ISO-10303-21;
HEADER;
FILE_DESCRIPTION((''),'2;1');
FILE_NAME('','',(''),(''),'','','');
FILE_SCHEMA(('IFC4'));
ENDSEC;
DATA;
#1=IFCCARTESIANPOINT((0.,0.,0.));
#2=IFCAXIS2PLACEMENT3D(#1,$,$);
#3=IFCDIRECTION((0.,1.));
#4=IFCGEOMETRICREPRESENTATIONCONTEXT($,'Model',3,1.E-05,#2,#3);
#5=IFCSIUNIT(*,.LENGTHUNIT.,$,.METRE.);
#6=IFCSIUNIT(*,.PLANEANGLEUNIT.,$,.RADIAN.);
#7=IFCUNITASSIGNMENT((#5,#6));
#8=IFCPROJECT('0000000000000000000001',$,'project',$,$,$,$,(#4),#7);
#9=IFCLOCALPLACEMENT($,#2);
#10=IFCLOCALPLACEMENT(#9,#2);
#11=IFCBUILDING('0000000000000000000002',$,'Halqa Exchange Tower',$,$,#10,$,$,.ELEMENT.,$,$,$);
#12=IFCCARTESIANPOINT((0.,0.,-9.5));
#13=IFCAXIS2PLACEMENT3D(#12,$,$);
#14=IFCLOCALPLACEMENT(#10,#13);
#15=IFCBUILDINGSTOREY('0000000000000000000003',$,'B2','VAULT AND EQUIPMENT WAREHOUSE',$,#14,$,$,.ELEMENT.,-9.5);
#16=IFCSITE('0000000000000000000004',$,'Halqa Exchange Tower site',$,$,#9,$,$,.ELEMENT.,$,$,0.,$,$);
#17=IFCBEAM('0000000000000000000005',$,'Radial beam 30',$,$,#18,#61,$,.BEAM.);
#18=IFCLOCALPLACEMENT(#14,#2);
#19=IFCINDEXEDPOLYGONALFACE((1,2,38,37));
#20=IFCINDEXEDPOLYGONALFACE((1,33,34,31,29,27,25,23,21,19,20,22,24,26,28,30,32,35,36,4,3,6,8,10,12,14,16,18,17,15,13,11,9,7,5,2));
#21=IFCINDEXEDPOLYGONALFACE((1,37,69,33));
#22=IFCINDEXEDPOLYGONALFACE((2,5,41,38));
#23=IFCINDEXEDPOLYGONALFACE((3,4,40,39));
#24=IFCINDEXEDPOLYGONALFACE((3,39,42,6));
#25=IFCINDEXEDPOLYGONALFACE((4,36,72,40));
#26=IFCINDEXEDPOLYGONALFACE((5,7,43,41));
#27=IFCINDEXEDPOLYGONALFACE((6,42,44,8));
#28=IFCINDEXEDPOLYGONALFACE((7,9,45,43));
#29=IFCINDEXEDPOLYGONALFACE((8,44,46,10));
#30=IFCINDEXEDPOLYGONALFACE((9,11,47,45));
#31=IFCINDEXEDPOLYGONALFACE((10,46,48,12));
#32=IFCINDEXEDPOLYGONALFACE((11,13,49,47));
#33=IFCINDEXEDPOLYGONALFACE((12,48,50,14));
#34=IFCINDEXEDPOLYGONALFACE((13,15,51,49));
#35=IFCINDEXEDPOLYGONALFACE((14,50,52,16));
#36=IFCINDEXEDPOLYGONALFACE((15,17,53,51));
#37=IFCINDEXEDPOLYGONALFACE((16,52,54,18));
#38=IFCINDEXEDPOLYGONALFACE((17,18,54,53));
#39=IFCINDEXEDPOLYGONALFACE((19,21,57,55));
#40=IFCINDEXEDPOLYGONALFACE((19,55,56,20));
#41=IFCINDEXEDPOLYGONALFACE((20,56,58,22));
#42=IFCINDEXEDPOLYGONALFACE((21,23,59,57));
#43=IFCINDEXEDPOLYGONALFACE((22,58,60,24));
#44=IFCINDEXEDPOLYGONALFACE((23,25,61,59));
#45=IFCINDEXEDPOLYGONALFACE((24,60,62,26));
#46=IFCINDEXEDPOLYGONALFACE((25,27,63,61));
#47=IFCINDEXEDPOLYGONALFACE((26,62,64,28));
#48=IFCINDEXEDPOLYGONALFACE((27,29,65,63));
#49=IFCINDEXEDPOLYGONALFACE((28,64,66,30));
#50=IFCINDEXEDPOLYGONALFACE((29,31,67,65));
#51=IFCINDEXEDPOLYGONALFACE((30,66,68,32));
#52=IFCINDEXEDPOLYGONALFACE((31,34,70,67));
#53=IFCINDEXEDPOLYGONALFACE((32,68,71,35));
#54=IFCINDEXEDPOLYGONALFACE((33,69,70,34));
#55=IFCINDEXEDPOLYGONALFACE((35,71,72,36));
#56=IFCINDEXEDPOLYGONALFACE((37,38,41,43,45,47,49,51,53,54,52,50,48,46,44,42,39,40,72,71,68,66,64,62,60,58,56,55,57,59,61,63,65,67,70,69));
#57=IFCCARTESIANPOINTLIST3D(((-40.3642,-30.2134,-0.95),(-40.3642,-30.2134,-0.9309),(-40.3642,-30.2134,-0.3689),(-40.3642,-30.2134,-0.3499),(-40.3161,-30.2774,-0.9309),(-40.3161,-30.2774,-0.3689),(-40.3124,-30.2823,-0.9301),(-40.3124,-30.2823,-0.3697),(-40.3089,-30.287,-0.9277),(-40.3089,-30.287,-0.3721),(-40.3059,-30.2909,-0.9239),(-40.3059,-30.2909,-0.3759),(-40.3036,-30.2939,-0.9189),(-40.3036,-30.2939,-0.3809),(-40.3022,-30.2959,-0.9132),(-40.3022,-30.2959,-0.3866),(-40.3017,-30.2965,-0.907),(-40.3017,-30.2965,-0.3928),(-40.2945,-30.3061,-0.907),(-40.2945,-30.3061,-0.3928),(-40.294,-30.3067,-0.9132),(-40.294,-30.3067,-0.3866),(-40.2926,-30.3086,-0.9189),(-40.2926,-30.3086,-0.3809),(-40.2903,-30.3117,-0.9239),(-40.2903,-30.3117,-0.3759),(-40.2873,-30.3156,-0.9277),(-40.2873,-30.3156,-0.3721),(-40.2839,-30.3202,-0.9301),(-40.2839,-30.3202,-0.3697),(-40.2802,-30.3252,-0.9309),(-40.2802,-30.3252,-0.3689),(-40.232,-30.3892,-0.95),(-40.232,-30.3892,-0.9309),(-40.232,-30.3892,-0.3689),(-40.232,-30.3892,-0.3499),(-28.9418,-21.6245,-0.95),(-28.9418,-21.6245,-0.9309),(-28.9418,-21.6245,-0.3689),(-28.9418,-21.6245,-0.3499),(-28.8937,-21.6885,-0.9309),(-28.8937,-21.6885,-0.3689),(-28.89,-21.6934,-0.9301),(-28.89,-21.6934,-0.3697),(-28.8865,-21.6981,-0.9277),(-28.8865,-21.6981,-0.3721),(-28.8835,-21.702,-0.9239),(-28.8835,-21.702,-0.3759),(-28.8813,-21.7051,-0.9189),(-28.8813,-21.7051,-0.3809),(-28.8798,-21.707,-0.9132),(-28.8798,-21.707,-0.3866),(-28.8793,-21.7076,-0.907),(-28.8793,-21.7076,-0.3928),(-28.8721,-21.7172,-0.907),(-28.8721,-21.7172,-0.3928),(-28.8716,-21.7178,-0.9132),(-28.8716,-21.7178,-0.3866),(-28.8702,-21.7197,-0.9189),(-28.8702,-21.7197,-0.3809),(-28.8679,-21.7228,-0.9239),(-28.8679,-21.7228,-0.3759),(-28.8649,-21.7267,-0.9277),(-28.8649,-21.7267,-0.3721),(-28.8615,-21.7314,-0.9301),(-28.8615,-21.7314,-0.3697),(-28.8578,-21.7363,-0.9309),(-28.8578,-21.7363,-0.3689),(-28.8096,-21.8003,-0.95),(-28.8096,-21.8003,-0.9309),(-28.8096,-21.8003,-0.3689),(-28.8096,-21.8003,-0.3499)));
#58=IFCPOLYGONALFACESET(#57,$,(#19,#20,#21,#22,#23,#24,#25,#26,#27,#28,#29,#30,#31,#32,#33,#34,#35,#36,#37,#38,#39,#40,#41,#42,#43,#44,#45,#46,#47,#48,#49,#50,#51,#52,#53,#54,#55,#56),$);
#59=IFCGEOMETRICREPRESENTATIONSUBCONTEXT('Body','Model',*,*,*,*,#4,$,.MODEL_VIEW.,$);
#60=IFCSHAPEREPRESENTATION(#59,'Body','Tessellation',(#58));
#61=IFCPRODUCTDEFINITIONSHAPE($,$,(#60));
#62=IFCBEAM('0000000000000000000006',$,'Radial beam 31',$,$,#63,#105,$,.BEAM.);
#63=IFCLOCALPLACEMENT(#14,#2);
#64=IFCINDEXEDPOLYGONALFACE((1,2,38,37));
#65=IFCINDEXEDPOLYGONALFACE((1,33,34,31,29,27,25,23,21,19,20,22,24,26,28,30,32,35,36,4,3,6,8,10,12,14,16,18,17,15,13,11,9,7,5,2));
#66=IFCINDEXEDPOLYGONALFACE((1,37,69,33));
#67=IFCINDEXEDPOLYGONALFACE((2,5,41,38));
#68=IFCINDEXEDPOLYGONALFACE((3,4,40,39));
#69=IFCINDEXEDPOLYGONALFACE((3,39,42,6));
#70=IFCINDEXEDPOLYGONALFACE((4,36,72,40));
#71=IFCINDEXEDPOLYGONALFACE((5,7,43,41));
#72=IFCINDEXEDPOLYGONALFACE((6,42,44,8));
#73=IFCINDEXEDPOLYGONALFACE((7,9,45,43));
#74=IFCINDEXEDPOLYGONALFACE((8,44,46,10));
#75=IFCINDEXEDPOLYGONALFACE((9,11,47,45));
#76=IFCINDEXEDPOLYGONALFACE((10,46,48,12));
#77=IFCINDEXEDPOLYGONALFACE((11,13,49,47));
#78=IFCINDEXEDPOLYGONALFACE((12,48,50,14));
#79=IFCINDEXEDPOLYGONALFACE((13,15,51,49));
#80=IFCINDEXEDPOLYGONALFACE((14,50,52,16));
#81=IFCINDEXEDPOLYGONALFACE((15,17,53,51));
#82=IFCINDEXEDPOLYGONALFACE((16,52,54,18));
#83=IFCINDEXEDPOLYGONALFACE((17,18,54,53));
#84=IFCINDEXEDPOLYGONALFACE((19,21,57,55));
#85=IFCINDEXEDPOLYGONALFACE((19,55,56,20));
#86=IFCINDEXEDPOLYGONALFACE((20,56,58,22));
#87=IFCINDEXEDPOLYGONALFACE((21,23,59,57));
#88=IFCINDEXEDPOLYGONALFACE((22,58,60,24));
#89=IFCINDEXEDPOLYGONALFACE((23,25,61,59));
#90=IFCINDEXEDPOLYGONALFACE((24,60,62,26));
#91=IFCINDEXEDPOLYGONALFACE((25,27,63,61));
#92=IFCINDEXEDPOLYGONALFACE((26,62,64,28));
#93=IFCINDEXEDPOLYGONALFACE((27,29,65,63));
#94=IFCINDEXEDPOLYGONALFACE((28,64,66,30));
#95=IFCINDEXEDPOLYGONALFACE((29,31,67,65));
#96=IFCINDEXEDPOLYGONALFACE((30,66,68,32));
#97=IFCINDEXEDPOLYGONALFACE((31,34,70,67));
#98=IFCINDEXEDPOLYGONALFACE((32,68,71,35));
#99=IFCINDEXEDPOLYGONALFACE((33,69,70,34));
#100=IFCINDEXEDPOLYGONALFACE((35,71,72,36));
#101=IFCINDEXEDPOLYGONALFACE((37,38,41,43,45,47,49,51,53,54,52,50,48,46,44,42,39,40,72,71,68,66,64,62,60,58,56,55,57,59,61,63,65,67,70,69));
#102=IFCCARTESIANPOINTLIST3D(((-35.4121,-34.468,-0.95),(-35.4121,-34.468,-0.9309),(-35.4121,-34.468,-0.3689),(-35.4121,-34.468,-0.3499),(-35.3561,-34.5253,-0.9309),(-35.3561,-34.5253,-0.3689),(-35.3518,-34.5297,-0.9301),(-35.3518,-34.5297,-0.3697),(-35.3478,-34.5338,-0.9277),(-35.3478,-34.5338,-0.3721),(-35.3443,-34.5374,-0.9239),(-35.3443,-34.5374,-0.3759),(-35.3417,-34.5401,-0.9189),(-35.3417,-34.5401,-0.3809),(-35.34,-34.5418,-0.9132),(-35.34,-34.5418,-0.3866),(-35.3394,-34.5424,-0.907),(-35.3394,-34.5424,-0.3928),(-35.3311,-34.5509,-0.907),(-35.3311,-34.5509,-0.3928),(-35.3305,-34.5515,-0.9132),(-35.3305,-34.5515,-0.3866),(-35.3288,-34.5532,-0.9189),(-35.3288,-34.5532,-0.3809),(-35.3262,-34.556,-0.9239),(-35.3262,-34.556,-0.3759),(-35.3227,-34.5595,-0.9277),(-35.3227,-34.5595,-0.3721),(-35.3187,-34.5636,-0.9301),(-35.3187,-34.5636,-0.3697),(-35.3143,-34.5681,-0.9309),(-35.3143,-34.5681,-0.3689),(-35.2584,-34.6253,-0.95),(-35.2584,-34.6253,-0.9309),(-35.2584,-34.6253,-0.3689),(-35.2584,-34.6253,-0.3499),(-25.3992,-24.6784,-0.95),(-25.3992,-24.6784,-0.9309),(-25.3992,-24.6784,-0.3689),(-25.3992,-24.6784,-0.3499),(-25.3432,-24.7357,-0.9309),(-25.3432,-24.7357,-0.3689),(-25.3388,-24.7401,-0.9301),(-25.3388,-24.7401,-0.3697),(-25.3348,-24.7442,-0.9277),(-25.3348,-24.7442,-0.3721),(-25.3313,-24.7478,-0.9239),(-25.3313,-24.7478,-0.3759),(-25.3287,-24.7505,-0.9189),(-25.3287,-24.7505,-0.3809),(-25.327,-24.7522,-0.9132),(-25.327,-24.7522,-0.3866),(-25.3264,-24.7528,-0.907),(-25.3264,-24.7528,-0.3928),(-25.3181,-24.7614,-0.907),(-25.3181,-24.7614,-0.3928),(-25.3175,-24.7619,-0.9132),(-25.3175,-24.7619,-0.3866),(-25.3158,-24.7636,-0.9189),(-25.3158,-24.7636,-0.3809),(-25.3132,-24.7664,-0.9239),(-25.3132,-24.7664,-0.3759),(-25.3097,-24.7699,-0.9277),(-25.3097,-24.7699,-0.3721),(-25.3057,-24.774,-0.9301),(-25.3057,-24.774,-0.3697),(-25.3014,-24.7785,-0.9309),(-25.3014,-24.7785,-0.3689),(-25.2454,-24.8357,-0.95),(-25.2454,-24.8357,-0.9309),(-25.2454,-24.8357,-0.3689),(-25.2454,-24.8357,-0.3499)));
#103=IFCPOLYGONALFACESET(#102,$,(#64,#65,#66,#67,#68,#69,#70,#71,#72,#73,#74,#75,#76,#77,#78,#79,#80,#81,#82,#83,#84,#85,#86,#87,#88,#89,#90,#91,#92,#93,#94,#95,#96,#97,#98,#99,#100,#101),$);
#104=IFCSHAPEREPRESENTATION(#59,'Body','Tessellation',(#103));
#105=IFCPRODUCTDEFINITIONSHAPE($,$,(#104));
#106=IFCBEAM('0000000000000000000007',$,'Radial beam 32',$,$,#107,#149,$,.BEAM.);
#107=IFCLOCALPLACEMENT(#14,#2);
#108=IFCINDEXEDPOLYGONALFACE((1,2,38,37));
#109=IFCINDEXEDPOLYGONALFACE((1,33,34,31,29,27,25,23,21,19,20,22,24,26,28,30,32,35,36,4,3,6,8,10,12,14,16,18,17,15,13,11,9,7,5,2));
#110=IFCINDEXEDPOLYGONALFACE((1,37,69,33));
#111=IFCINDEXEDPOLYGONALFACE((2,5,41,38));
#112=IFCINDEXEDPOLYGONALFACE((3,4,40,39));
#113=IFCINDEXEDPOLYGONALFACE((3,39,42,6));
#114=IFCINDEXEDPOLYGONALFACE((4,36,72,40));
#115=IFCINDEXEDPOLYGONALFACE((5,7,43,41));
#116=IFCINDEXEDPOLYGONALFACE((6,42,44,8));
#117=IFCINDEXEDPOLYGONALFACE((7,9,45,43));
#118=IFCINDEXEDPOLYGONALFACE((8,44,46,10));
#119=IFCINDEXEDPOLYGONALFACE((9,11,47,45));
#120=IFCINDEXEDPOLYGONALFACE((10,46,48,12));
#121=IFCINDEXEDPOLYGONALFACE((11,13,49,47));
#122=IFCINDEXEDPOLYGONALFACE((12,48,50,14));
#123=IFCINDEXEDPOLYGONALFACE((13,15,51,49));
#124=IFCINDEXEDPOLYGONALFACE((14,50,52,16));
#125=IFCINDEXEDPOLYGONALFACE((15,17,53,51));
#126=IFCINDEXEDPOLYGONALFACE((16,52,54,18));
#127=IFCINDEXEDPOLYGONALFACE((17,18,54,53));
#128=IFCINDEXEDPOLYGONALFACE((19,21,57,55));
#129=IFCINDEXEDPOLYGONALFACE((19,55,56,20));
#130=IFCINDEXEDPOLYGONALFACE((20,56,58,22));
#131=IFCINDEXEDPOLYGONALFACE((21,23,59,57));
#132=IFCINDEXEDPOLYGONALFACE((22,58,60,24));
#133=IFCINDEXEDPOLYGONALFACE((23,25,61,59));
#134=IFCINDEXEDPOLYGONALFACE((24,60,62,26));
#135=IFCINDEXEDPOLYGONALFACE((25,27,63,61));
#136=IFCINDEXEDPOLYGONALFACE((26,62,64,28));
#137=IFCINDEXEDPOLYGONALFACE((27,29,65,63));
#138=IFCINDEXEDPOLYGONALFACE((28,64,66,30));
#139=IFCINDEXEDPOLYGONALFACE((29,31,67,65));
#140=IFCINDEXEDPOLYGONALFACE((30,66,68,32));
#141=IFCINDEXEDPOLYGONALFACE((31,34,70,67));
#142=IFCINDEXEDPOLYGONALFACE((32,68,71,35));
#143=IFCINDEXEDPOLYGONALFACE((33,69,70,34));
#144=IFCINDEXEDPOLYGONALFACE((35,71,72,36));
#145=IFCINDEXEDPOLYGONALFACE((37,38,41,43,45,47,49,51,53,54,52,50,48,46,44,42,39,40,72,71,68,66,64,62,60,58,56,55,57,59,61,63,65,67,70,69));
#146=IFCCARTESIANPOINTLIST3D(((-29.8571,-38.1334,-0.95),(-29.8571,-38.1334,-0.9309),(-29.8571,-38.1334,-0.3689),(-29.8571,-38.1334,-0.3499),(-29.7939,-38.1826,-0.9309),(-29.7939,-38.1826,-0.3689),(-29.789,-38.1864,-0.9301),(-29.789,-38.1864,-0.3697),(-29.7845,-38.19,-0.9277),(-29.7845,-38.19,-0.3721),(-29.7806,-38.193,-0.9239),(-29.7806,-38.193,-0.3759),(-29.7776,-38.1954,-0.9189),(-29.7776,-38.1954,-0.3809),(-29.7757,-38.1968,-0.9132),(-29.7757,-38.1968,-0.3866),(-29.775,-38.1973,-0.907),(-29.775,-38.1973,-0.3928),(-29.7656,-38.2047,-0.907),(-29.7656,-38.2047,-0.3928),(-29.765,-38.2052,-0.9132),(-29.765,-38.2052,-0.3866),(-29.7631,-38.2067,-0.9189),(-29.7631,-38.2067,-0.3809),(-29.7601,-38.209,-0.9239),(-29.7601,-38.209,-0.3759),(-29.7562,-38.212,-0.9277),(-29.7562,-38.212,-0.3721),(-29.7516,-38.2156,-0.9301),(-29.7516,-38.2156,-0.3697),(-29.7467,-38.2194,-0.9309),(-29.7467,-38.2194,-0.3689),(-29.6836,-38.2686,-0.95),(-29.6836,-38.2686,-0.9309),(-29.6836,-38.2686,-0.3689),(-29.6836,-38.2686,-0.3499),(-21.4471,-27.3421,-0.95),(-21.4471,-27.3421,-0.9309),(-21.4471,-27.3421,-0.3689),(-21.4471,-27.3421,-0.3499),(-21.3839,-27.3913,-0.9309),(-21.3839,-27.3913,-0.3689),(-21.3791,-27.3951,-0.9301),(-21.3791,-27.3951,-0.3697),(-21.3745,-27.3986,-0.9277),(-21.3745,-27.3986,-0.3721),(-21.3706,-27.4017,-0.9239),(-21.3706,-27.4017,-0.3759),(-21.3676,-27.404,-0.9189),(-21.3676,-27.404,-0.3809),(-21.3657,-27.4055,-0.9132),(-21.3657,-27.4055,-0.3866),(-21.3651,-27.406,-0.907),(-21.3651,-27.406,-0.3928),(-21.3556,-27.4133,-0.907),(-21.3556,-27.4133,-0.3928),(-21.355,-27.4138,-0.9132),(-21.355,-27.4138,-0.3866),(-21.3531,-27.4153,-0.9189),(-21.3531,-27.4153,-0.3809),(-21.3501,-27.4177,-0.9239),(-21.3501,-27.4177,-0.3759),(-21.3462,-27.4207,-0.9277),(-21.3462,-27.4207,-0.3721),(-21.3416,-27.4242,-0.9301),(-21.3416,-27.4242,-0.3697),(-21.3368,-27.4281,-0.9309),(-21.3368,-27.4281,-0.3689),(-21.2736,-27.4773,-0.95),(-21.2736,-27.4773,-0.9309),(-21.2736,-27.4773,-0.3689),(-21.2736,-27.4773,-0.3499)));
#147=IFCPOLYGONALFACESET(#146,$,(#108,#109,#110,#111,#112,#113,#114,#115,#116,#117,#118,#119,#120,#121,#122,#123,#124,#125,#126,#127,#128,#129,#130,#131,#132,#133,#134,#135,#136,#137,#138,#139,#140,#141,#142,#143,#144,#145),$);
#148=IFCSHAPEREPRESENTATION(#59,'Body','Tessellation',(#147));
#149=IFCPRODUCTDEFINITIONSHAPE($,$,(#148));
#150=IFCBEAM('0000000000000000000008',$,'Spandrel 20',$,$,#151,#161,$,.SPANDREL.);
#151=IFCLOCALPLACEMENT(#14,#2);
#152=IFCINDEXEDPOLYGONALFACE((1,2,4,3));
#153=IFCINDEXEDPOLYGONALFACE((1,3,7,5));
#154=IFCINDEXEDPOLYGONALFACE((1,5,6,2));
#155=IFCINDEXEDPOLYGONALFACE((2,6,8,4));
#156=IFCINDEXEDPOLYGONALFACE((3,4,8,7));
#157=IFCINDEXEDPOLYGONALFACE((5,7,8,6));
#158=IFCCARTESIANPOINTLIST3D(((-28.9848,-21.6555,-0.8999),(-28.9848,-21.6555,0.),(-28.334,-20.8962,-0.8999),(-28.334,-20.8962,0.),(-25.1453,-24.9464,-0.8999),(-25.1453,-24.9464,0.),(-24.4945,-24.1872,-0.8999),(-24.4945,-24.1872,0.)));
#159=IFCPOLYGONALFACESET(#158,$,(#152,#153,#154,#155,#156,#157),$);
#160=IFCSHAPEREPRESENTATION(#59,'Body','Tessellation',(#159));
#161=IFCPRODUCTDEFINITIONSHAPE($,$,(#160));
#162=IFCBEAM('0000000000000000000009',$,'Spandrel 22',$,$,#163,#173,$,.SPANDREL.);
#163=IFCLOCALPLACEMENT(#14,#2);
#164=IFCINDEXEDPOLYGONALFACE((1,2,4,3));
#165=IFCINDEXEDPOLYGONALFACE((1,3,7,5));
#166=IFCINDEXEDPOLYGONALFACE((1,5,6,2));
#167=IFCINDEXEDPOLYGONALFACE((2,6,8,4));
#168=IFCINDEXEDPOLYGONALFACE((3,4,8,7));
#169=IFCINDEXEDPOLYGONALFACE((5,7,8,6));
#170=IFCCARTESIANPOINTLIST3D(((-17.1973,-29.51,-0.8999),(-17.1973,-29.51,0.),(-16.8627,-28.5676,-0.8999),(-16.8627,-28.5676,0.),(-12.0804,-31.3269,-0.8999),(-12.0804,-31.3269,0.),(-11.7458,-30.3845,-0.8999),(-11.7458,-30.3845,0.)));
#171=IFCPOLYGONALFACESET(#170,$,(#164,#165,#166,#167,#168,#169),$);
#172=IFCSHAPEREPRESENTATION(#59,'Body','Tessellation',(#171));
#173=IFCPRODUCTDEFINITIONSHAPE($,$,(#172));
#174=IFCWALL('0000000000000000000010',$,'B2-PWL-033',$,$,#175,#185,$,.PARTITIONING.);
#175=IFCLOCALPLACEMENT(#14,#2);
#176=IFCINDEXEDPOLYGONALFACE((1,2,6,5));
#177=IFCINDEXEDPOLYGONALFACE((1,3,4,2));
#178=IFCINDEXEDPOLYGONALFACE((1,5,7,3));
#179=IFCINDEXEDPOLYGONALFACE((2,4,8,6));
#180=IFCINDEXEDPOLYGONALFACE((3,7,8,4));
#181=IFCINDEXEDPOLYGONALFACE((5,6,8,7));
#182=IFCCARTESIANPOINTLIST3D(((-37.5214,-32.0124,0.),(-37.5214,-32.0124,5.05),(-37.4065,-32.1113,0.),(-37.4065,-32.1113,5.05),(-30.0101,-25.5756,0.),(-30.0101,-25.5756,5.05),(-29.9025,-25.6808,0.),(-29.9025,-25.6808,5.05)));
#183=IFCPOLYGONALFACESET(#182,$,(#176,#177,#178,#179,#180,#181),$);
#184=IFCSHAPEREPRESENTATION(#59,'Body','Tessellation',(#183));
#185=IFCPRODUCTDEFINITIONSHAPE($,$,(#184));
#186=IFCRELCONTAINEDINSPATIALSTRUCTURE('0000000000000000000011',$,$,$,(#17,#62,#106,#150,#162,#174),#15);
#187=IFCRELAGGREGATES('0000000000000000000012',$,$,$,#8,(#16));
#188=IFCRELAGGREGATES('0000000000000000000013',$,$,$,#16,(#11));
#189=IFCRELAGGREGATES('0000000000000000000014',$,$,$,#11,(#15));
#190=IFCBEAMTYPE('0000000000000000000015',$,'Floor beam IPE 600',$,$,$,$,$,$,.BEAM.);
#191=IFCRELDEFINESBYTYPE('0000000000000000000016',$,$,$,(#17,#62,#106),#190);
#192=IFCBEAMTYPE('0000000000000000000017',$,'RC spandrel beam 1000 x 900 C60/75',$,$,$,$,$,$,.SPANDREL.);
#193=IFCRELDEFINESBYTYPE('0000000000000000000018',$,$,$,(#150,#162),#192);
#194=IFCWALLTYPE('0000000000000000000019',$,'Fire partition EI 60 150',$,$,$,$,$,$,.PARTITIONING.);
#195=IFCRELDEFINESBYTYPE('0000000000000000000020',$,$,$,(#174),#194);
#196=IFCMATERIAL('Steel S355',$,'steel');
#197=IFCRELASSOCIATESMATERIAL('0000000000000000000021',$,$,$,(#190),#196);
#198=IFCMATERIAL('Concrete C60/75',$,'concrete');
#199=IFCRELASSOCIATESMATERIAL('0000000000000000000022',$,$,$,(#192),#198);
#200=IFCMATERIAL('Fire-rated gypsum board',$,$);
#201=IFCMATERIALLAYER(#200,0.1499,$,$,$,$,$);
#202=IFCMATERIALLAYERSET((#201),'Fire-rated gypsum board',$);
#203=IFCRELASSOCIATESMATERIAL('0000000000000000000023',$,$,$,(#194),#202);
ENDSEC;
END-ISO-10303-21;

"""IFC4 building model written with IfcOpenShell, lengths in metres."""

from ifc_helpers import new_model, si_unit, direction, frame, origin, origin_2d, place, context, subcontext, project, spatial, polyline, rectangle, i_section, outline, extrude, material, layer, layer_set, material_profile, profile_set, type_object, element, save


model = new_model("IFC4")

# Units and contexts
model_context = context("Model", 3, precision=1e-05, world=origin(), true_north=direction((0.0, 1.0)))
body_context = subcontext(model_context, "Body", "Model", "MODEL_VIEW")
ifc_project = project(units=[si_unit("LENGTHUNIT", "METRE"), si_unit("PLANEANGLEUNIT", "RADIAN")], contexts=[model_context])

# Site, building, storey
site_placement = place(None, origin())
site = spatial("IfcSite", under=ifc_project, at=site_placement, Name="Halqa Exchange Tower site", CompositionType="ELEMENT", RefElevation=0.0)
building_placement = place(site_placement, origin())
building = spatial("IfcBuilding", under=site, at=building_placement, Name="Halqa Exchange Tower", CompositionType="ELEMENT")
storey_placement = place(building_placement, frame((0.0, 0.0, -9.5)))
storey = spatial("IfcBuildingStorey", under=building, at=storey_placement, Name="B2", Description="VAULT AND EQUIPMENT WAREHOUSE", CompositionType="ELEMENT", Elevation=-9.5)

# Beams
ifc_material_1 = material(Name="Steel S355", Category="steel")
ifc_material_profile_1 = material_profile(ifc_material_1, i_section(OverallWidth=0.22, OverallDepth=0.6001, WebThickness=0.012, FlangeThickness=0.019, FilletRadius=0.0239, at=origin_2d()), Name="IPE 600")
ifc_profile_set_1 = profile_set([ifc_material_profile_1], Name="Steel S355")
beam_type_1 = type_object("IfcBeamType", Name="Floor beam IPE 600", PredefinedType="BEAM", material=ifc_profile_set_1)
beam_1_placement = place(storey_placement, frame((-28.8757, -21.7124, -0.6499), z_axis=(-0.799257, -0.600989, 0.0), x_axis=(0.600989, -0.799257, 0.0)))
element("IfcBeam", 1, at=beam_1_placement, inside=storey, type_object=beam_type_1, Name="Radial beam 30", PredefinedType="BEAM", context=body_context, shape_type="SweptSolid", body=[
    extrude(i_section(OverallWidth=0.22, OverallDepth=0.6001, WebThickness=0.012, FlangeThickness=0.019, FilletRadius=0.0239, at=origin_2d()), origin(), (0.0, 0.0, 1.0), 14.2913),
])
beam_2_placement = place(storey_placement, frame((-25.3223, -24.7571, -0.6499), z_axis=(-0.715038, -0.699086, 0.0), x_axis=(0.699086, -0.715038, 0.0)))
element("IfcBeam", 2, at=beam_2_placement, inside=storey, type_object=beam_type_1, Name="Radial beam 31", PredefinedType="BEAM", context=body_context, shape_type="SweptSolid", body=[
    extrude(i_section(OverallWidth=0.22, OverallDepth=0.6001, WebThickness=0.012, FlangeThickness=0.019, FilletRadius=0.0239, at=origin_2d()), origin(), (0.0, 0.0, 1.0), 14.0034),
])
beam_3_placement = place(storey_placement, frame((-21.3604, -27.4097, -0.6499), z_axis=(-0.614701, -0.78876, 0.0), x_axis=(0.78876, -0.614701, 0.0)))
element("IfcBeam", 3, at=beam_3_placement, inside=storey, type_object=beam_type_1, Name="Radial beam 32", PredefinedType="BEAM", context=body_context, shape_type="SweptSolid", body=[
    extrude(i_section(OverallWidth=0.22, OverallDepth=0.6001, WebThickness=0.012, FlangeThickness=0.019, FilletRadius=0.0239, at=origin_2d()), origin(), (0.0, 0.0, 1.0), 13.6814),
])
ifc_material_2 = material(Name="Concrete C60/75", Category="concrete")
ifc_material_profile_2 = material_profile(ifc_material_2, rectangle(XDim=1.0, YDim=0.8999, at=origin_2d()), Name="1000 x 900")
ifc_profile_set_2 = profile_set([ifc_material_profile_2], Name="Concrete C60/75")
beam_type_2 = type_object("IfcBeamType", Name="RC spandrel beam 1000 x 900 C60/75", PredefinedType="SPANDREL", material=ifc_profile_set_2)
beam_4_placement = place(storey_placement, frame((-28.6594, -21.2759, -0.45), z_axis=(0.759263, -0.650783, 0.0), x_axis=(0.650783, 0.759263, 0.0)))
element("IfcBeam", 4, at=beam_4_placement, inside=storey, type_object=beam_type_2, Name="Spandrel 20", PredefinedType="SPANDREL", context=body_context, shape_type="SweptSolid", body=[
    extrude(rectangle(XDim=1.0, YDim=0.8999, at=origin_2d()), origin(), (0.0, 0.0, 1.0), 5.0569),
])
beam_5_placement = place(storey_placement, frame((-17.03, -29.0388, -0.45), z_axis=(0.942358, -0.334607, 0.0), x_axis=(0.334607, 0.942358, 0.0)))
element("IfcBeam", 5, at=beam_5_placement, inside=storey, type_object=beam_type_2, Name="Spandrel 22", PredefinedType="SPANDREL", context=body_context, shape_type="SweptSolid", body=[
    extrude(rectangle(XDim=1.0, YDim=0.8999, at=origin_2d()), origin(), (0.0, 0.0, 1.0), 5.4299),
])

# Wall
ifc_material_3 = material(Name="Fire-rated gypsum board")
ifc_layer_1 = layer(ifc_material_3, 0.1499)
ifc_layer_set_1 = layer_set([ifc_layer_1], Name="Fire-rated gypsum board")
wall_type_1 = type_object("IfcWallType", Name="Fire partition EI 60 150", PredefinedType="PARTITIONING", material=ifc_layer_set_1)
wall_1_placement = place(storey_placement, frame((-29.9563, -25.6282, 0.0), z_axis=(0.0, 0.0, 1.0), x_axis=(-0.75933, -0.650706, 0.0)))
element("IfcWall", 6, at=wall_1_placement, inside=storey, type_object=wall_type_1, Name="B2-PWL-033", PredefinedType="PARTITIONING", context=body_context, shape_type="SweptSolid", body=[
    extrude(outline(polyline([(0.0066, -0.075), (9.8987, -0.075), (9.8757, 0.075), (-0.0066, 0.075), (0.0066, -0.075)])), origin(), (0.0, 0.0, 1.0), 5.05),
])

save(model, "model.ifc")
